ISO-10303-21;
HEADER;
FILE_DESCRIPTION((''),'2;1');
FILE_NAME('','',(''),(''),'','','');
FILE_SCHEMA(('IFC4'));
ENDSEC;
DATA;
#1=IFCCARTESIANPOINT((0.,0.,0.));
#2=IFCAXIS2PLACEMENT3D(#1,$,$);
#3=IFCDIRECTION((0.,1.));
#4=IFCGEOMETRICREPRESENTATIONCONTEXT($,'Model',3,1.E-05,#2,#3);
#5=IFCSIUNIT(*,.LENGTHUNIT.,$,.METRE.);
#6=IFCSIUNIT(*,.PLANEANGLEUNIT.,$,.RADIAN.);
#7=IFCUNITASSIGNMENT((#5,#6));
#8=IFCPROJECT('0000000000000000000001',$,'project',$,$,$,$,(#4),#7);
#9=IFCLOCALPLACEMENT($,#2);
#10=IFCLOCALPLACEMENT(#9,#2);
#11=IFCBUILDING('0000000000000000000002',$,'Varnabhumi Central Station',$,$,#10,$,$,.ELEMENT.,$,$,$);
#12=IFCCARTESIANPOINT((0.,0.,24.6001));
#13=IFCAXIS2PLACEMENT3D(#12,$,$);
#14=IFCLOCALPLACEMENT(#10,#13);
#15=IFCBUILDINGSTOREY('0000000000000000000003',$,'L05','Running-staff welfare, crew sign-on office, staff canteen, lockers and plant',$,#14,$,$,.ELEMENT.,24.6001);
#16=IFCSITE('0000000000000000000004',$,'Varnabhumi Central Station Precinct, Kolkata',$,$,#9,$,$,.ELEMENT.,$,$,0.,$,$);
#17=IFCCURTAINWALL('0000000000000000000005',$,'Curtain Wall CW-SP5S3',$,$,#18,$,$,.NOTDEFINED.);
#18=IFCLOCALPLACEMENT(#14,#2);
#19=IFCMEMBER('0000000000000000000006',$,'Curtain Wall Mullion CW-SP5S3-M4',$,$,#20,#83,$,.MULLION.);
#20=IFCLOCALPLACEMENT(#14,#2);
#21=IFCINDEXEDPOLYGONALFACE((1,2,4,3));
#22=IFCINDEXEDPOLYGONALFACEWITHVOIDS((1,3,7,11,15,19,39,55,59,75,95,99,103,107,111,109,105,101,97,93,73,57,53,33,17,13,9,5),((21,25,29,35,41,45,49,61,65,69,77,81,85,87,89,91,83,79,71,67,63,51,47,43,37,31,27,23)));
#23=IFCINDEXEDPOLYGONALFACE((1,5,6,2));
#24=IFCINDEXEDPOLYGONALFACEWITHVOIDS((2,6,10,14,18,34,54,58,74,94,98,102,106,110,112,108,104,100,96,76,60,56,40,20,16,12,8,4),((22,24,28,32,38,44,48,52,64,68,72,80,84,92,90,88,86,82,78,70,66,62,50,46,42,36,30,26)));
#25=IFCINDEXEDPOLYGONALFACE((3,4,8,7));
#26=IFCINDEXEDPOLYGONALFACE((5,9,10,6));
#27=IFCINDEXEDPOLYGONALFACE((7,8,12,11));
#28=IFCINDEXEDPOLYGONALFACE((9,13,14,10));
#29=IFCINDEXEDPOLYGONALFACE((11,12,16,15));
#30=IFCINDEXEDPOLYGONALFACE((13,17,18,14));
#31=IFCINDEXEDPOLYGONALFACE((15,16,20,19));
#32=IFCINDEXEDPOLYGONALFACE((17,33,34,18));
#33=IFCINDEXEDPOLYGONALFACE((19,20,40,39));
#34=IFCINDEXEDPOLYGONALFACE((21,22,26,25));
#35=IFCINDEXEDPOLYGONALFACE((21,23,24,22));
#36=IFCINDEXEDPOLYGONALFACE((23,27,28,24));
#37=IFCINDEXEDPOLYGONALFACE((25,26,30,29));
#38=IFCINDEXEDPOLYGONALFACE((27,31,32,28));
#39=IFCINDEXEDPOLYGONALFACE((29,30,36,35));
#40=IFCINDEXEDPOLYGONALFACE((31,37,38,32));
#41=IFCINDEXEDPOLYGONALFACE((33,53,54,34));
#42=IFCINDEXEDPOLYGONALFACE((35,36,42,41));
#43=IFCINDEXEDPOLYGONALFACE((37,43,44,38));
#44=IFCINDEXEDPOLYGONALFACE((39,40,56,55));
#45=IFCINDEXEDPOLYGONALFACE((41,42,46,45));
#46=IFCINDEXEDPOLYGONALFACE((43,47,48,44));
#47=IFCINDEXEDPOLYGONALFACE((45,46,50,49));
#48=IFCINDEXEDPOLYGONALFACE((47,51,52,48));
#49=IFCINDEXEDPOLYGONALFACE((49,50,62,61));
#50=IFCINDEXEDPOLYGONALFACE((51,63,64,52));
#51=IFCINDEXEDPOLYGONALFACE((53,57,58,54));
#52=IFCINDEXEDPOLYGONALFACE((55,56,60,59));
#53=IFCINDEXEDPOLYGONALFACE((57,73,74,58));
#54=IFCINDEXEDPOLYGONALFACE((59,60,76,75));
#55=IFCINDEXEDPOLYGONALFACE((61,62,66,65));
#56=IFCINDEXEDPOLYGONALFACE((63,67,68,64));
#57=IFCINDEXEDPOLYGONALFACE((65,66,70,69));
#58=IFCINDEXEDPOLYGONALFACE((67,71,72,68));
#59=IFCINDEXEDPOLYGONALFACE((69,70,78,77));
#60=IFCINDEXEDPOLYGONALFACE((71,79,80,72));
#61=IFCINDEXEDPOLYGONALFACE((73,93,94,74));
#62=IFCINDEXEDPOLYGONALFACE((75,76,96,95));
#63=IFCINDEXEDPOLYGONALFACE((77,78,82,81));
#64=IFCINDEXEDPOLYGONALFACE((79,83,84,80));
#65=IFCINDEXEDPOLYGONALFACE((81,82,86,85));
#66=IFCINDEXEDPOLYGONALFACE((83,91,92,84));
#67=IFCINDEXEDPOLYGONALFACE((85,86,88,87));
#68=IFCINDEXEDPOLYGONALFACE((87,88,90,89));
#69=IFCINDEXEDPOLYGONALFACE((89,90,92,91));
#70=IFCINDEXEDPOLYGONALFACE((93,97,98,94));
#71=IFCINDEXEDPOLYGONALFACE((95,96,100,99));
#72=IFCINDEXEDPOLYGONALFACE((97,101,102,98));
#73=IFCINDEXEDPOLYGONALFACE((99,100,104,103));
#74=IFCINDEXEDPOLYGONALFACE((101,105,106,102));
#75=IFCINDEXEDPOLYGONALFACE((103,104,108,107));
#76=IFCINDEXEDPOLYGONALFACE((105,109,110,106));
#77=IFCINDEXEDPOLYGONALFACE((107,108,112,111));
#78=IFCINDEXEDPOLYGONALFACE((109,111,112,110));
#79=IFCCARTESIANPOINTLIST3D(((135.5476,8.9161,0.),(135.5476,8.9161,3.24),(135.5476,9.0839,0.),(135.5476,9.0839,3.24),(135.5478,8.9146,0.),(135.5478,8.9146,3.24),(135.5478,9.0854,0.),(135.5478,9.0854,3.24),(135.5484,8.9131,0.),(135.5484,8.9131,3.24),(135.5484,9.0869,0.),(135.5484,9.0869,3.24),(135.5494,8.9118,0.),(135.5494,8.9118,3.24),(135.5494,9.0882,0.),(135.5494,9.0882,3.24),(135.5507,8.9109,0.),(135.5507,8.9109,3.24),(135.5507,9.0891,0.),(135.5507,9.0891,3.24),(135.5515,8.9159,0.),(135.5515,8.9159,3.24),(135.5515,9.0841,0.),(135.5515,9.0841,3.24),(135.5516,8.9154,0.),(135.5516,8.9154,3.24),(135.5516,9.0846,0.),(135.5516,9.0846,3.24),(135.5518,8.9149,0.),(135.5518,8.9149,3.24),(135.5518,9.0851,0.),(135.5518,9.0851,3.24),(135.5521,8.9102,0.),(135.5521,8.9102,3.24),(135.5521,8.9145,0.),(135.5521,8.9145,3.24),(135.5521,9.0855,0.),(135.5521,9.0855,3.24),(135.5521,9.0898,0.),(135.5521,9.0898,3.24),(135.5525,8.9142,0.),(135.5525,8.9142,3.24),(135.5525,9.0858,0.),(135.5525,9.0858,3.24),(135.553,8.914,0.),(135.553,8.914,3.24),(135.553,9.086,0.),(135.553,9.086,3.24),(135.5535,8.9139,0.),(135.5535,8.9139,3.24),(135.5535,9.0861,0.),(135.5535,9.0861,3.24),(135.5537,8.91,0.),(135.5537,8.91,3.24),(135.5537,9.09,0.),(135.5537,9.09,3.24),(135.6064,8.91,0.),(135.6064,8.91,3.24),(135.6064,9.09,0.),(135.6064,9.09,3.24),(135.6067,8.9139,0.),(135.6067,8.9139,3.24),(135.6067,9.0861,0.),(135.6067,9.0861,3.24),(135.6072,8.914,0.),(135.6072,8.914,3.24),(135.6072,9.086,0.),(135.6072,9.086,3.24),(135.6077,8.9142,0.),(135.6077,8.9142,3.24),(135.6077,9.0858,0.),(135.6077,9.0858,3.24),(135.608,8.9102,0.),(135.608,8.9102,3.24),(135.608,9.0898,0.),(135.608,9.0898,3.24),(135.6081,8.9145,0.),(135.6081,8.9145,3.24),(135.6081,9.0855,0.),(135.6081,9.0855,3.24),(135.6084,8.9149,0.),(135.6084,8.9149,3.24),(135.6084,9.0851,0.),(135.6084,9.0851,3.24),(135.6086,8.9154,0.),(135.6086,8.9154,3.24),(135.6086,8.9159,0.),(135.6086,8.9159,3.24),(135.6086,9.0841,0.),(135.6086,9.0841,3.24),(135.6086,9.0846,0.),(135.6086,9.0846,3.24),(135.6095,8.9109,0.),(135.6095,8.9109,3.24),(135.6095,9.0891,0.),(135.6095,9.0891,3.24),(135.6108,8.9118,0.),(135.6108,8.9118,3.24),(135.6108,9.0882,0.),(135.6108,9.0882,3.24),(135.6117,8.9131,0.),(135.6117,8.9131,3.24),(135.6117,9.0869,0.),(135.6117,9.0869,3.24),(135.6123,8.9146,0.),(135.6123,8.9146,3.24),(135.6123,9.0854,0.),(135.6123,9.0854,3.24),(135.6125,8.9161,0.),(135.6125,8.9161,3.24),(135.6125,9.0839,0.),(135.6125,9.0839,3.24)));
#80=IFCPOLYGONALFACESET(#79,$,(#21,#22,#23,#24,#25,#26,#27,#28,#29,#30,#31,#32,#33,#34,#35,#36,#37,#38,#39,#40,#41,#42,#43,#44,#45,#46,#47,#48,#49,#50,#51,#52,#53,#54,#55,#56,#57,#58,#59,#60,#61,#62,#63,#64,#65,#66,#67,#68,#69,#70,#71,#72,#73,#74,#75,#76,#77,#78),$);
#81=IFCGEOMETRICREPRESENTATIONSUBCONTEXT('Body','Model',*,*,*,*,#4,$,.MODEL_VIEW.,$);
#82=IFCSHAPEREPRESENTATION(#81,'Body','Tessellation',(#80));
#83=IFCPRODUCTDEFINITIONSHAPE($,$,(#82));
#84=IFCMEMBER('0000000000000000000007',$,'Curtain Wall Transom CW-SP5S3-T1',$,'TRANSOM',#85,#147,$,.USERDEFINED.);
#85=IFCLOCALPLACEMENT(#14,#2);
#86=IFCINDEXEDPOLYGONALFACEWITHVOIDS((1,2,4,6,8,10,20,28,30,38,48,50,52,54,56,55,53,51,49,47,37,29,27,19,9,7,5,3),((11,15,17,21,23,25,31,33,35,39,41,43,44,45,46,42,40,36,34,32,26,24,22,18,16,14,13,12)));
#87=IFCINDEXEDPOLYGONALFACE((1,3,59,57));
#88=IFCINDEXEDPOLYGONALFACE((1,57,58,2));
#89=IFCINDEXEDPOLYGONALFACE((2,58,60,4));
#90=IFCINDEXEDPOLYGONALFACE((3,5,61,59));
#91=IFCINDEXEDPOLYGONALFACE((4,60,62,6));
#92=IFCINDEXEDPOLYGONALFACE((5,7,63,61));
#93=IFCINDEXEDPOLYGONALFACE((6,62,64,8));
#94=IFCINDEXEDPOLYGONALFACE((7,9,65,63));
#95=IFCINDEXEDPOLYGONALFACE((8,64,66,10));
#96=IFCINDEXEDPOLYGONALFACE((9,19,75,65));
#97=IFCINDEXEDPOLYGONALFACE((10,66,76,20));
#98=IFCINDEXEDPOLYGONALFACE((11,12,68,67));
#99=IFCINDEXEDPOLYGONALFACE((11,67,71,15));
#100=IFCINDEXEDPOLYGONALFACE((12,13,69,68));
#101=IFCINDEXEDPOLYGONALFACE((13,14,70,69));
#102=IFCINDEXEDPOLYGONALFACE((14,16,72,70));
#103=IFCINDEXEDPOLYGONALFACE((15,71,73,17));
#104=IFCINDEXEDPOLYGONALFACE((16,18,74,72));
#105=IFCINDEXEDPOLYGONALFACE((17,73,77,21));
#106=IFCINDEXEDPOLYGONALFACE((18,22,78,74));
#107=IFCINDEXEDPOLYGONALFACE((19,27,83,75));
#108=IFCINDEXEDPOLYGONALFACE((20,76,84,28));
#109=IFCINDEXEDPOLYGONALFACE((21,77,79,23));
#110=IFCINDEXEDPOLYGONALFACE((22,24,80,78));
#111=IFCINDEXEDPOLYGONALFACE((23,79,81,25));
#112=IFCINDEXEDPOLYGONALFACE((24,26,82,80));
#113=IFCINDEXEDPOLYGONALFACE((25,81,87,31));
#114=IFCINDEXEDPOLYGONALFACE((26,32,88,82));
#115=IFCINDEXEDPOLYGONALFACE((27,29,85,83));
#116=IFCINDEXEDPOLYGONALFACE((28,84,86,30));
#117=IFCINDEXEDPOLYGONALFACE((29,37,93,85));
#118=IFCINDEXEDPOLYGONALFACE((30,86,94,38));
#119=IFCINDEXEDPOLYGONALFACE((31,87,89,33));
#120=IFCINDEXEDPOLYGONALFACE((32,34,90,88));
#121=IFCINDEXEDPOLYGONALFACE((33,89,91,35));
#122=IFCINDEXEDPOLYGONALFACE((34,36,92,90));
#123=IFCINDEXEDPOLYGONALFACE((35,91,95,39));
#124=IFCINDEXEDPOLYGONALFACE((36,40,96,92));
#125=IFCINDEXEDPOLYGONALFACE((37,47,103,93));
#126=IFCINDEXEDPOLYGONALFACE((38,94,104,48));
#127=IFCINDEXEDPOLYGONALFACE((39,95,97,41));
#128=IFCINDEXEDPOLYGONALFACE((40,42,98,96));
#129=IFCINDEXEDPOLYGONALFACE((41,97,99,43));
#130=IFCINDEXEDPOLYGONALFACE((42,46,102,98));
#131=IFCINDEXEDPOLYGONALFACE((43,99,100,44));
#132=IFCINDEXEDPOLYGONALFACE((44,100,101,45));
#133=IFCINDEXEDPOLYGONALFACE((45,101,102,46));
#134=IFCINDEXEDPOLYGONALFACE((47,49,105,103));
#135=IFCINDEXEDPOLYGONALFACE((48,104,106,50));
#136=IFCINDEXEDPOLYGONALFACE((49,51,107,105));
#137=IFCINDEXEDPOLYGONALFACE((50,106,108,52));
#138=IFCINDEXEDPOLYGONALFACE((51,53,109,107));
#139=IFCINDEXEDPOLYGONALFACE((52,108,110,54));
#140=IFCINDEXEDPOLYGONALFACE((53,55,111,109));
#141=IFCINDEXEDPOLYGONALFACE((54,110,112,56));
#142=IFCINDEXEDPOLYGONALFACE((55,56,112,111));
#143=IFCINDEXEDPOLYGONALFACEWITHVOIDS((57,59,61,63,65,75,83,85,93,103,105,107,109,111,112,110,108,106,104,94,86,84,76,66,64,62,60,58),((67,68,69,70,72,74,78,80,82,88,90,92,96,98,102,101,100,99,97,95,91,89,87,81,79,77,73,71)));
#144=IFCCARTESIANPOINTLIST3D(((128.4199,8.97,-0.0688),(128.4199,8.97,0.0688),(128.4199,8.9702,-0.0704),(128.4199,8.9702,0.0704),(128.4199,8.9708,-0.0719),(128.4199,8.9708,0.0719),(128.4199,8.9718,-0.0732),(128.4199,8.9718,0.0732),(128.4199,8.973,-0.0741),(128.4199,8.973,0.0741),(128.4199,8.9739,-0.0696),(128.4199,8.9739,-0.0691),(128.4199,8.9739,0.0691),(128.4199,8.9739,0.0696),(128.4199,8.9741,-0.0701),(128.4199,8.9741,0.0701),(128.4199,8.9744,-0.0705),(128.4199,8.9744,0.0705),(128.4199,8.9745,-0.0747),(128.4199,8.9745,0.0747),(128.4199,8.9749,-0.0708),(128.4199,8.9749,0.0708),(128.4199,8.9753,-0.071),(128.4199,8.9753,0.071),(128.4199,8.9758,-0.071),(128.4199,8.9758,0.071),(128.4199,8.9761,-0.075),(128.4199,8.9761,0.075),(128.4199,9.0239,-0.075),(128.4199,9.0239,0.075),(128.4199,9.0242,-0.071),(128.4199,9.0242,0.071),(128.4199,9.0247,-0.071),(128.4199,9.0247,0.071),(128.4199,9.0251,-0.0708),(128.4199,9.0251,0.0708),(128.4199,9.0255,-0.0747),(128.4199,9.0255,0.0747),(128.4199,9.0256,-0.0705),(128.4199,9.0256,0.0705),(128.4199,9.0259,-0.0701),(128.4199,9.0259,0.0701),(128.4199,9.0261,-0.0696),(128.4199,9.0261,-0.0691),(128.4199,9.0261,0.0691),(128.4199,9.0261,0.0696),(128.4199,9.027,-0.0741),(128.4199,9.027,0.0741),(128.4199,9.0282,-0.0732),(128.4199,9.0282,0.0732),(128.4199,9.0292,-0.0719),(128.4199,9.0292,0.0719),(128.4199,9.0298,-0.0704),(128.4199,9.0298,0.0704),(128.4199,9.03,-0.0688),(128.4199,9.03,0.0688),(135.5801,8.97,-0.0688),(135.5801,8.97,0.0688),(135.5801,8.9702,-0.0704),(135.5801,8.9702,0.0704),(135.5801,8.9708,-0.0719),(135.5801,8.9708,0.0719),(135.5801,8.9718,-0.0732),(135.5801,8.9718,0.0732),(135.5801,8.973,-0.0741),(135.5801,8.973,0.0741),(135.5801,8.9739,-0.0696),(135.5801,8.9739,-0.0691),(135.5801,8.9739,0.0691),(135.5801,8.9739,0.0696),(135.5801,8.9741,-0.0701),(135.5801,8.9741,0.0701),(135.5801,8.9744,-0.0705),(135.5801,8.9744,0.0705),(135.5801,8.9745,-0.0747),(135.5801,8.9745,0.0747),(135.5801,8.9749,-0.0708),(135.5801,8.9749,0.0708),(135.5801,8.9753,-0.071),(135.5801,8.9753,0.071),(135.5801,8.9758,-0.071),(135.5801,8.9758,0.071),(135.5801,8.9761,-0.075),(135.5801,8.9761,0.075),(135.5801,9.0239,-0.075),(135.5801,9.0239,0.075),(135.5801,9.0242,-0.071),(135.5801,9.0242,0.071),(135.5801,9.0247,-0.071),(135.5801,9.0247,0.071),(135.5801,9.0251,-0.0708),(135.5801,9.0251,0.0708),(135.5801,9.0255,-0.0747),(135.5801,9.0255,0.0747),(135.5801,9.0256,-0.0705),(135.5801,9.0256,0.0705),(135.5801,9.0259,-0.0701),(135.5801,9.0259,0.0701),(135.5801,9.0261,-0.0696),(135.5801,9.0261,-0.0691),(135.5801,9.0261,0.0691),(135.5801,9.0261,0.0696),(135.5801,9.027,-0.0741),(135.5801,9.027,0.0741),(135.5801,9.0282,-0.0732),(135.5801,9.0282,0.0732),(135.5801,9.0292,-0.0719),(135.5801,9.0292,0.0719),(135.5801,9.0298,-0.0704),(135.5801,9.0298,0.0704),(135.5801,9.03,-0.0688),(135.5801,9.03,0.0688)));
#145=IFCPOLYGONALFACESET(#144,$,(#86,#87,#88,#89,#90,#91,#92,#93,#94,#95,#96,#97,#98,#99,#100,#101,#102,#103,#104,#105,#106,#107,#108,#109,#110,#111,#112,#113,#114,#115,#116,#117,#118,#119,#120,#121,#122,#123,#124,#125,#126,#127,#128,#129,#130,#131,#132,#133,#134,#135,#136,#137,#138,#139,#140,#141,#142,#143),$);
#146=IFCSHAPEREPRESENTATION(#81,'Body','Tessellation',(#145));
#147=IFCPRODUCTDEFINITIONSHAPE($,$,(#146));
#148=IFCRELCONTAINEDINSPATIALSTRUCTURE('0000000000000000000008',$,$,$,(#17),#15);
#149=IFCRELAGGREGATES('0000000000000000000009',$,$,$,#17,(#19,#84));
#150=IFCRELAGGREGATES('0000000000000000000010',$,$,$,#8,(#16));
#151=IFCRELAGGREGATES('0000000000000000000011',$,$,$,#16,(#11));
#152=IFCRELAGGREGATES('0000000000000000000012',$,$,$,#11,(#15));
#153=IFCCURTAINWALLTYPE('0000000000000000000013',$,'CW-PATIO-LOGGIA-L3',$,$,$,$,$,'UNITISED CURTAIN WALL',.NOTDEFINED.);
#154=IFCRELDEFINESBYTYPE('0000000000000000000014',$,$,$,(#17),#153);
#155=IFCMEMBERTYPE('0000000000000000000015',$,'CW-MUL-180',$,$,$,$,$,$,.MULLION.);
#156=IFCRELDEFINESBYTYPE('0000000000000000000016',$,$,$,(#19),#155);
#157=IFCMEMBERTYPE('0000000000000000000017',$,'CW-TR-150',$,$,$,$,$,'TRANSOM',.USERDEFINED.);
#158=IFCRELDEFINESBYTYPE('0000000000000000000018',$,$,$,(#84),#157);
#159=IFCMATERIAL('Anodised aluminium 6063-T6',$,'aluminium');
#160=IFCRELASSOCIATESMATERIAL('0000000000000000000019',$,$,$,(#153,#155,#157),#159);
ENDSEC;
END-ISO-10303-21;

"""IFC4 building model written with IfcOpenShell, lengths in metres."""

from ifc_helpers import new_model, si_unit, direction, frame, origin, origin_2d, place, context, subcontext, project, spatial, hollow_rectangle, extrude, material, material_profile, profile_set, type_object, element, aggregate, save


model = new_model("IFC4")

# Units and contexts
model_context = context("Model", 3, precision=1e-05, world=origin(), true_north=direction((0.0, 1.0)))
body_context = subcontext(model_context, "Body", "Model", "MODEL_VIEW")
ifc_project = project(units=[si_unit("LENGTHUNIT", "METRE"), si_unit("PLANEANGLEUNIT", "RADIAN")], contexts=[model_context])

# Site, building, storey
site_placement = place(None, origin())
site = spatial("IfcSite", under=ifc_project, at=site_placement, Name="Varnabhumi Central Station Precinct, Kolkata", CompositionType="ELEMENT", RefElevation=0.0)
building_placement = place(site_placement, origin())
building = spatial("IfcBuilding", under=site, at=building_placement, Name="Varnabhumi Central Station", CompositionType="ELEMENT")
storey_placement = place(building_placement, frame((0.0, 0.0, 24.6001)))
storey = spatial("IfcBuildingStorey", under=building, at=storey_placement, Name="L05", Description="Running-staff welfare, crew sign-on office, staff canteen, lockers and plant", CompositionType="ELEMENT", Elevation=24.6001)

# Curtain wall, members
ifc_material_1 = material(Name="Anodised aluminium 6063-T6", Category="aluminium")
curtain_wall_type = type_object("IfcCurtainWallType", Name="CW-PATIO-LOGGIA-L3", ElementType="UNITISED CURTAIN WALL", PredefinedType="NOTDEFINED", material=ifc_material_1)
curtain_wall_placement = place(storey_placement, origin())
curtain_wall = element("IfcCurtainWall", 1, at=curtain_wall_placement, inside=storey, type_object=curtain_wall_type, Name="Curtain Wall CW-SP5S3", PredefinedType="NOTDEFINED")
ifc_material_profile_1 = material_profile(ifc_material_1, hollow_rectangle(XDim=0.0649, YDim=0.1799, WallThickness=0.0039, InnerFilletRadius=0.002, OuterFilletRadius=0.0061, at=origin_2d()), Name="Anodised aluminium 6063-T6", Category="aluminium")
ifc_profile_set_1 = profile_set([ifc_material_profile_1], Name="Anodised aluminium 6063-T6")
member_type_1 = type_object("IfcMemberType", Name="CW-MUL-180", PredefinedType="MULLION", material=ifc_profile_set_1)
member_1_placement = place(storey_placement, frame((135.5801, 9.0, 0.0), z_axis=(0.0, 0.0, 1.0), x_axis=(1.0, 0.0, 0.0)))
member_1 = element("IfcMember", 2, at=member_1_placement, type_object=member_type_1, Name="Curtain Wall Mullion CW-SP5S3-M4", PredefinedType="MULLION", context=body_context, shape_type="SweptSolid", body=[
    extrude(hollow_rectangle(XDim=0.0649, YDim=0.1799, WallThickness=0.0039, InnerFilletRadius=0.002, OuterFilletRadius=0.0061, at=origin_2d()), origin(), (0.0, 0.0, 1.0), 3.24),
])
ifc_material_profile_2 = material_profile(ifc_material_1, hollow_rectangle(XDim=0.0601, YDim=0.1499, WallThickness=0.0039, InnerFilletRadius=0.002, OuterFilletRadius=0.0061, at=origin_2d()), Name="Anodised aluminium 6063-T6", Category="aluminium")
ifc_profile_set_2 = profile_set([ifc_material_profile_2], Name="Anodised aluminium 6063-T6")
member_type_2 = type_object("IfcMemberType", Name="CW-TR-150", ElementType="TRANSOM", PredefinedType="USERDEFINED", material=ifc_profile_set_2)
member_2_placement = place(storey_placement, frame((128.4199, 9.0, 0.0), z_axis=(1.0, 0.0, 0.0), x_axis=(0.0, 1.0, 0.0)))
member_2 = element("IfcMember", 3, at=member_2_placement, type_object=member_type_2, Name="Curtain Wall Transom CW-SP5S3-T1", ObjectType="TRANSOM", PredefinedType="USERDEFINED", context=body_context, shape_type="SweptSolid", body=[
    extrude(hollow_rectangle(XDim=0.0601, YDim=0.1499, WallThickness=0.0039, InnerFilletRadius=0.002, OuterFilletRadius=0.0061, at=origin_2d()), origin(), (0.0, 0.0, 1.0), 7.1602),
])

aggregate(curtain_wall, [member_1, member_2])

save(model, "model.ifc")
